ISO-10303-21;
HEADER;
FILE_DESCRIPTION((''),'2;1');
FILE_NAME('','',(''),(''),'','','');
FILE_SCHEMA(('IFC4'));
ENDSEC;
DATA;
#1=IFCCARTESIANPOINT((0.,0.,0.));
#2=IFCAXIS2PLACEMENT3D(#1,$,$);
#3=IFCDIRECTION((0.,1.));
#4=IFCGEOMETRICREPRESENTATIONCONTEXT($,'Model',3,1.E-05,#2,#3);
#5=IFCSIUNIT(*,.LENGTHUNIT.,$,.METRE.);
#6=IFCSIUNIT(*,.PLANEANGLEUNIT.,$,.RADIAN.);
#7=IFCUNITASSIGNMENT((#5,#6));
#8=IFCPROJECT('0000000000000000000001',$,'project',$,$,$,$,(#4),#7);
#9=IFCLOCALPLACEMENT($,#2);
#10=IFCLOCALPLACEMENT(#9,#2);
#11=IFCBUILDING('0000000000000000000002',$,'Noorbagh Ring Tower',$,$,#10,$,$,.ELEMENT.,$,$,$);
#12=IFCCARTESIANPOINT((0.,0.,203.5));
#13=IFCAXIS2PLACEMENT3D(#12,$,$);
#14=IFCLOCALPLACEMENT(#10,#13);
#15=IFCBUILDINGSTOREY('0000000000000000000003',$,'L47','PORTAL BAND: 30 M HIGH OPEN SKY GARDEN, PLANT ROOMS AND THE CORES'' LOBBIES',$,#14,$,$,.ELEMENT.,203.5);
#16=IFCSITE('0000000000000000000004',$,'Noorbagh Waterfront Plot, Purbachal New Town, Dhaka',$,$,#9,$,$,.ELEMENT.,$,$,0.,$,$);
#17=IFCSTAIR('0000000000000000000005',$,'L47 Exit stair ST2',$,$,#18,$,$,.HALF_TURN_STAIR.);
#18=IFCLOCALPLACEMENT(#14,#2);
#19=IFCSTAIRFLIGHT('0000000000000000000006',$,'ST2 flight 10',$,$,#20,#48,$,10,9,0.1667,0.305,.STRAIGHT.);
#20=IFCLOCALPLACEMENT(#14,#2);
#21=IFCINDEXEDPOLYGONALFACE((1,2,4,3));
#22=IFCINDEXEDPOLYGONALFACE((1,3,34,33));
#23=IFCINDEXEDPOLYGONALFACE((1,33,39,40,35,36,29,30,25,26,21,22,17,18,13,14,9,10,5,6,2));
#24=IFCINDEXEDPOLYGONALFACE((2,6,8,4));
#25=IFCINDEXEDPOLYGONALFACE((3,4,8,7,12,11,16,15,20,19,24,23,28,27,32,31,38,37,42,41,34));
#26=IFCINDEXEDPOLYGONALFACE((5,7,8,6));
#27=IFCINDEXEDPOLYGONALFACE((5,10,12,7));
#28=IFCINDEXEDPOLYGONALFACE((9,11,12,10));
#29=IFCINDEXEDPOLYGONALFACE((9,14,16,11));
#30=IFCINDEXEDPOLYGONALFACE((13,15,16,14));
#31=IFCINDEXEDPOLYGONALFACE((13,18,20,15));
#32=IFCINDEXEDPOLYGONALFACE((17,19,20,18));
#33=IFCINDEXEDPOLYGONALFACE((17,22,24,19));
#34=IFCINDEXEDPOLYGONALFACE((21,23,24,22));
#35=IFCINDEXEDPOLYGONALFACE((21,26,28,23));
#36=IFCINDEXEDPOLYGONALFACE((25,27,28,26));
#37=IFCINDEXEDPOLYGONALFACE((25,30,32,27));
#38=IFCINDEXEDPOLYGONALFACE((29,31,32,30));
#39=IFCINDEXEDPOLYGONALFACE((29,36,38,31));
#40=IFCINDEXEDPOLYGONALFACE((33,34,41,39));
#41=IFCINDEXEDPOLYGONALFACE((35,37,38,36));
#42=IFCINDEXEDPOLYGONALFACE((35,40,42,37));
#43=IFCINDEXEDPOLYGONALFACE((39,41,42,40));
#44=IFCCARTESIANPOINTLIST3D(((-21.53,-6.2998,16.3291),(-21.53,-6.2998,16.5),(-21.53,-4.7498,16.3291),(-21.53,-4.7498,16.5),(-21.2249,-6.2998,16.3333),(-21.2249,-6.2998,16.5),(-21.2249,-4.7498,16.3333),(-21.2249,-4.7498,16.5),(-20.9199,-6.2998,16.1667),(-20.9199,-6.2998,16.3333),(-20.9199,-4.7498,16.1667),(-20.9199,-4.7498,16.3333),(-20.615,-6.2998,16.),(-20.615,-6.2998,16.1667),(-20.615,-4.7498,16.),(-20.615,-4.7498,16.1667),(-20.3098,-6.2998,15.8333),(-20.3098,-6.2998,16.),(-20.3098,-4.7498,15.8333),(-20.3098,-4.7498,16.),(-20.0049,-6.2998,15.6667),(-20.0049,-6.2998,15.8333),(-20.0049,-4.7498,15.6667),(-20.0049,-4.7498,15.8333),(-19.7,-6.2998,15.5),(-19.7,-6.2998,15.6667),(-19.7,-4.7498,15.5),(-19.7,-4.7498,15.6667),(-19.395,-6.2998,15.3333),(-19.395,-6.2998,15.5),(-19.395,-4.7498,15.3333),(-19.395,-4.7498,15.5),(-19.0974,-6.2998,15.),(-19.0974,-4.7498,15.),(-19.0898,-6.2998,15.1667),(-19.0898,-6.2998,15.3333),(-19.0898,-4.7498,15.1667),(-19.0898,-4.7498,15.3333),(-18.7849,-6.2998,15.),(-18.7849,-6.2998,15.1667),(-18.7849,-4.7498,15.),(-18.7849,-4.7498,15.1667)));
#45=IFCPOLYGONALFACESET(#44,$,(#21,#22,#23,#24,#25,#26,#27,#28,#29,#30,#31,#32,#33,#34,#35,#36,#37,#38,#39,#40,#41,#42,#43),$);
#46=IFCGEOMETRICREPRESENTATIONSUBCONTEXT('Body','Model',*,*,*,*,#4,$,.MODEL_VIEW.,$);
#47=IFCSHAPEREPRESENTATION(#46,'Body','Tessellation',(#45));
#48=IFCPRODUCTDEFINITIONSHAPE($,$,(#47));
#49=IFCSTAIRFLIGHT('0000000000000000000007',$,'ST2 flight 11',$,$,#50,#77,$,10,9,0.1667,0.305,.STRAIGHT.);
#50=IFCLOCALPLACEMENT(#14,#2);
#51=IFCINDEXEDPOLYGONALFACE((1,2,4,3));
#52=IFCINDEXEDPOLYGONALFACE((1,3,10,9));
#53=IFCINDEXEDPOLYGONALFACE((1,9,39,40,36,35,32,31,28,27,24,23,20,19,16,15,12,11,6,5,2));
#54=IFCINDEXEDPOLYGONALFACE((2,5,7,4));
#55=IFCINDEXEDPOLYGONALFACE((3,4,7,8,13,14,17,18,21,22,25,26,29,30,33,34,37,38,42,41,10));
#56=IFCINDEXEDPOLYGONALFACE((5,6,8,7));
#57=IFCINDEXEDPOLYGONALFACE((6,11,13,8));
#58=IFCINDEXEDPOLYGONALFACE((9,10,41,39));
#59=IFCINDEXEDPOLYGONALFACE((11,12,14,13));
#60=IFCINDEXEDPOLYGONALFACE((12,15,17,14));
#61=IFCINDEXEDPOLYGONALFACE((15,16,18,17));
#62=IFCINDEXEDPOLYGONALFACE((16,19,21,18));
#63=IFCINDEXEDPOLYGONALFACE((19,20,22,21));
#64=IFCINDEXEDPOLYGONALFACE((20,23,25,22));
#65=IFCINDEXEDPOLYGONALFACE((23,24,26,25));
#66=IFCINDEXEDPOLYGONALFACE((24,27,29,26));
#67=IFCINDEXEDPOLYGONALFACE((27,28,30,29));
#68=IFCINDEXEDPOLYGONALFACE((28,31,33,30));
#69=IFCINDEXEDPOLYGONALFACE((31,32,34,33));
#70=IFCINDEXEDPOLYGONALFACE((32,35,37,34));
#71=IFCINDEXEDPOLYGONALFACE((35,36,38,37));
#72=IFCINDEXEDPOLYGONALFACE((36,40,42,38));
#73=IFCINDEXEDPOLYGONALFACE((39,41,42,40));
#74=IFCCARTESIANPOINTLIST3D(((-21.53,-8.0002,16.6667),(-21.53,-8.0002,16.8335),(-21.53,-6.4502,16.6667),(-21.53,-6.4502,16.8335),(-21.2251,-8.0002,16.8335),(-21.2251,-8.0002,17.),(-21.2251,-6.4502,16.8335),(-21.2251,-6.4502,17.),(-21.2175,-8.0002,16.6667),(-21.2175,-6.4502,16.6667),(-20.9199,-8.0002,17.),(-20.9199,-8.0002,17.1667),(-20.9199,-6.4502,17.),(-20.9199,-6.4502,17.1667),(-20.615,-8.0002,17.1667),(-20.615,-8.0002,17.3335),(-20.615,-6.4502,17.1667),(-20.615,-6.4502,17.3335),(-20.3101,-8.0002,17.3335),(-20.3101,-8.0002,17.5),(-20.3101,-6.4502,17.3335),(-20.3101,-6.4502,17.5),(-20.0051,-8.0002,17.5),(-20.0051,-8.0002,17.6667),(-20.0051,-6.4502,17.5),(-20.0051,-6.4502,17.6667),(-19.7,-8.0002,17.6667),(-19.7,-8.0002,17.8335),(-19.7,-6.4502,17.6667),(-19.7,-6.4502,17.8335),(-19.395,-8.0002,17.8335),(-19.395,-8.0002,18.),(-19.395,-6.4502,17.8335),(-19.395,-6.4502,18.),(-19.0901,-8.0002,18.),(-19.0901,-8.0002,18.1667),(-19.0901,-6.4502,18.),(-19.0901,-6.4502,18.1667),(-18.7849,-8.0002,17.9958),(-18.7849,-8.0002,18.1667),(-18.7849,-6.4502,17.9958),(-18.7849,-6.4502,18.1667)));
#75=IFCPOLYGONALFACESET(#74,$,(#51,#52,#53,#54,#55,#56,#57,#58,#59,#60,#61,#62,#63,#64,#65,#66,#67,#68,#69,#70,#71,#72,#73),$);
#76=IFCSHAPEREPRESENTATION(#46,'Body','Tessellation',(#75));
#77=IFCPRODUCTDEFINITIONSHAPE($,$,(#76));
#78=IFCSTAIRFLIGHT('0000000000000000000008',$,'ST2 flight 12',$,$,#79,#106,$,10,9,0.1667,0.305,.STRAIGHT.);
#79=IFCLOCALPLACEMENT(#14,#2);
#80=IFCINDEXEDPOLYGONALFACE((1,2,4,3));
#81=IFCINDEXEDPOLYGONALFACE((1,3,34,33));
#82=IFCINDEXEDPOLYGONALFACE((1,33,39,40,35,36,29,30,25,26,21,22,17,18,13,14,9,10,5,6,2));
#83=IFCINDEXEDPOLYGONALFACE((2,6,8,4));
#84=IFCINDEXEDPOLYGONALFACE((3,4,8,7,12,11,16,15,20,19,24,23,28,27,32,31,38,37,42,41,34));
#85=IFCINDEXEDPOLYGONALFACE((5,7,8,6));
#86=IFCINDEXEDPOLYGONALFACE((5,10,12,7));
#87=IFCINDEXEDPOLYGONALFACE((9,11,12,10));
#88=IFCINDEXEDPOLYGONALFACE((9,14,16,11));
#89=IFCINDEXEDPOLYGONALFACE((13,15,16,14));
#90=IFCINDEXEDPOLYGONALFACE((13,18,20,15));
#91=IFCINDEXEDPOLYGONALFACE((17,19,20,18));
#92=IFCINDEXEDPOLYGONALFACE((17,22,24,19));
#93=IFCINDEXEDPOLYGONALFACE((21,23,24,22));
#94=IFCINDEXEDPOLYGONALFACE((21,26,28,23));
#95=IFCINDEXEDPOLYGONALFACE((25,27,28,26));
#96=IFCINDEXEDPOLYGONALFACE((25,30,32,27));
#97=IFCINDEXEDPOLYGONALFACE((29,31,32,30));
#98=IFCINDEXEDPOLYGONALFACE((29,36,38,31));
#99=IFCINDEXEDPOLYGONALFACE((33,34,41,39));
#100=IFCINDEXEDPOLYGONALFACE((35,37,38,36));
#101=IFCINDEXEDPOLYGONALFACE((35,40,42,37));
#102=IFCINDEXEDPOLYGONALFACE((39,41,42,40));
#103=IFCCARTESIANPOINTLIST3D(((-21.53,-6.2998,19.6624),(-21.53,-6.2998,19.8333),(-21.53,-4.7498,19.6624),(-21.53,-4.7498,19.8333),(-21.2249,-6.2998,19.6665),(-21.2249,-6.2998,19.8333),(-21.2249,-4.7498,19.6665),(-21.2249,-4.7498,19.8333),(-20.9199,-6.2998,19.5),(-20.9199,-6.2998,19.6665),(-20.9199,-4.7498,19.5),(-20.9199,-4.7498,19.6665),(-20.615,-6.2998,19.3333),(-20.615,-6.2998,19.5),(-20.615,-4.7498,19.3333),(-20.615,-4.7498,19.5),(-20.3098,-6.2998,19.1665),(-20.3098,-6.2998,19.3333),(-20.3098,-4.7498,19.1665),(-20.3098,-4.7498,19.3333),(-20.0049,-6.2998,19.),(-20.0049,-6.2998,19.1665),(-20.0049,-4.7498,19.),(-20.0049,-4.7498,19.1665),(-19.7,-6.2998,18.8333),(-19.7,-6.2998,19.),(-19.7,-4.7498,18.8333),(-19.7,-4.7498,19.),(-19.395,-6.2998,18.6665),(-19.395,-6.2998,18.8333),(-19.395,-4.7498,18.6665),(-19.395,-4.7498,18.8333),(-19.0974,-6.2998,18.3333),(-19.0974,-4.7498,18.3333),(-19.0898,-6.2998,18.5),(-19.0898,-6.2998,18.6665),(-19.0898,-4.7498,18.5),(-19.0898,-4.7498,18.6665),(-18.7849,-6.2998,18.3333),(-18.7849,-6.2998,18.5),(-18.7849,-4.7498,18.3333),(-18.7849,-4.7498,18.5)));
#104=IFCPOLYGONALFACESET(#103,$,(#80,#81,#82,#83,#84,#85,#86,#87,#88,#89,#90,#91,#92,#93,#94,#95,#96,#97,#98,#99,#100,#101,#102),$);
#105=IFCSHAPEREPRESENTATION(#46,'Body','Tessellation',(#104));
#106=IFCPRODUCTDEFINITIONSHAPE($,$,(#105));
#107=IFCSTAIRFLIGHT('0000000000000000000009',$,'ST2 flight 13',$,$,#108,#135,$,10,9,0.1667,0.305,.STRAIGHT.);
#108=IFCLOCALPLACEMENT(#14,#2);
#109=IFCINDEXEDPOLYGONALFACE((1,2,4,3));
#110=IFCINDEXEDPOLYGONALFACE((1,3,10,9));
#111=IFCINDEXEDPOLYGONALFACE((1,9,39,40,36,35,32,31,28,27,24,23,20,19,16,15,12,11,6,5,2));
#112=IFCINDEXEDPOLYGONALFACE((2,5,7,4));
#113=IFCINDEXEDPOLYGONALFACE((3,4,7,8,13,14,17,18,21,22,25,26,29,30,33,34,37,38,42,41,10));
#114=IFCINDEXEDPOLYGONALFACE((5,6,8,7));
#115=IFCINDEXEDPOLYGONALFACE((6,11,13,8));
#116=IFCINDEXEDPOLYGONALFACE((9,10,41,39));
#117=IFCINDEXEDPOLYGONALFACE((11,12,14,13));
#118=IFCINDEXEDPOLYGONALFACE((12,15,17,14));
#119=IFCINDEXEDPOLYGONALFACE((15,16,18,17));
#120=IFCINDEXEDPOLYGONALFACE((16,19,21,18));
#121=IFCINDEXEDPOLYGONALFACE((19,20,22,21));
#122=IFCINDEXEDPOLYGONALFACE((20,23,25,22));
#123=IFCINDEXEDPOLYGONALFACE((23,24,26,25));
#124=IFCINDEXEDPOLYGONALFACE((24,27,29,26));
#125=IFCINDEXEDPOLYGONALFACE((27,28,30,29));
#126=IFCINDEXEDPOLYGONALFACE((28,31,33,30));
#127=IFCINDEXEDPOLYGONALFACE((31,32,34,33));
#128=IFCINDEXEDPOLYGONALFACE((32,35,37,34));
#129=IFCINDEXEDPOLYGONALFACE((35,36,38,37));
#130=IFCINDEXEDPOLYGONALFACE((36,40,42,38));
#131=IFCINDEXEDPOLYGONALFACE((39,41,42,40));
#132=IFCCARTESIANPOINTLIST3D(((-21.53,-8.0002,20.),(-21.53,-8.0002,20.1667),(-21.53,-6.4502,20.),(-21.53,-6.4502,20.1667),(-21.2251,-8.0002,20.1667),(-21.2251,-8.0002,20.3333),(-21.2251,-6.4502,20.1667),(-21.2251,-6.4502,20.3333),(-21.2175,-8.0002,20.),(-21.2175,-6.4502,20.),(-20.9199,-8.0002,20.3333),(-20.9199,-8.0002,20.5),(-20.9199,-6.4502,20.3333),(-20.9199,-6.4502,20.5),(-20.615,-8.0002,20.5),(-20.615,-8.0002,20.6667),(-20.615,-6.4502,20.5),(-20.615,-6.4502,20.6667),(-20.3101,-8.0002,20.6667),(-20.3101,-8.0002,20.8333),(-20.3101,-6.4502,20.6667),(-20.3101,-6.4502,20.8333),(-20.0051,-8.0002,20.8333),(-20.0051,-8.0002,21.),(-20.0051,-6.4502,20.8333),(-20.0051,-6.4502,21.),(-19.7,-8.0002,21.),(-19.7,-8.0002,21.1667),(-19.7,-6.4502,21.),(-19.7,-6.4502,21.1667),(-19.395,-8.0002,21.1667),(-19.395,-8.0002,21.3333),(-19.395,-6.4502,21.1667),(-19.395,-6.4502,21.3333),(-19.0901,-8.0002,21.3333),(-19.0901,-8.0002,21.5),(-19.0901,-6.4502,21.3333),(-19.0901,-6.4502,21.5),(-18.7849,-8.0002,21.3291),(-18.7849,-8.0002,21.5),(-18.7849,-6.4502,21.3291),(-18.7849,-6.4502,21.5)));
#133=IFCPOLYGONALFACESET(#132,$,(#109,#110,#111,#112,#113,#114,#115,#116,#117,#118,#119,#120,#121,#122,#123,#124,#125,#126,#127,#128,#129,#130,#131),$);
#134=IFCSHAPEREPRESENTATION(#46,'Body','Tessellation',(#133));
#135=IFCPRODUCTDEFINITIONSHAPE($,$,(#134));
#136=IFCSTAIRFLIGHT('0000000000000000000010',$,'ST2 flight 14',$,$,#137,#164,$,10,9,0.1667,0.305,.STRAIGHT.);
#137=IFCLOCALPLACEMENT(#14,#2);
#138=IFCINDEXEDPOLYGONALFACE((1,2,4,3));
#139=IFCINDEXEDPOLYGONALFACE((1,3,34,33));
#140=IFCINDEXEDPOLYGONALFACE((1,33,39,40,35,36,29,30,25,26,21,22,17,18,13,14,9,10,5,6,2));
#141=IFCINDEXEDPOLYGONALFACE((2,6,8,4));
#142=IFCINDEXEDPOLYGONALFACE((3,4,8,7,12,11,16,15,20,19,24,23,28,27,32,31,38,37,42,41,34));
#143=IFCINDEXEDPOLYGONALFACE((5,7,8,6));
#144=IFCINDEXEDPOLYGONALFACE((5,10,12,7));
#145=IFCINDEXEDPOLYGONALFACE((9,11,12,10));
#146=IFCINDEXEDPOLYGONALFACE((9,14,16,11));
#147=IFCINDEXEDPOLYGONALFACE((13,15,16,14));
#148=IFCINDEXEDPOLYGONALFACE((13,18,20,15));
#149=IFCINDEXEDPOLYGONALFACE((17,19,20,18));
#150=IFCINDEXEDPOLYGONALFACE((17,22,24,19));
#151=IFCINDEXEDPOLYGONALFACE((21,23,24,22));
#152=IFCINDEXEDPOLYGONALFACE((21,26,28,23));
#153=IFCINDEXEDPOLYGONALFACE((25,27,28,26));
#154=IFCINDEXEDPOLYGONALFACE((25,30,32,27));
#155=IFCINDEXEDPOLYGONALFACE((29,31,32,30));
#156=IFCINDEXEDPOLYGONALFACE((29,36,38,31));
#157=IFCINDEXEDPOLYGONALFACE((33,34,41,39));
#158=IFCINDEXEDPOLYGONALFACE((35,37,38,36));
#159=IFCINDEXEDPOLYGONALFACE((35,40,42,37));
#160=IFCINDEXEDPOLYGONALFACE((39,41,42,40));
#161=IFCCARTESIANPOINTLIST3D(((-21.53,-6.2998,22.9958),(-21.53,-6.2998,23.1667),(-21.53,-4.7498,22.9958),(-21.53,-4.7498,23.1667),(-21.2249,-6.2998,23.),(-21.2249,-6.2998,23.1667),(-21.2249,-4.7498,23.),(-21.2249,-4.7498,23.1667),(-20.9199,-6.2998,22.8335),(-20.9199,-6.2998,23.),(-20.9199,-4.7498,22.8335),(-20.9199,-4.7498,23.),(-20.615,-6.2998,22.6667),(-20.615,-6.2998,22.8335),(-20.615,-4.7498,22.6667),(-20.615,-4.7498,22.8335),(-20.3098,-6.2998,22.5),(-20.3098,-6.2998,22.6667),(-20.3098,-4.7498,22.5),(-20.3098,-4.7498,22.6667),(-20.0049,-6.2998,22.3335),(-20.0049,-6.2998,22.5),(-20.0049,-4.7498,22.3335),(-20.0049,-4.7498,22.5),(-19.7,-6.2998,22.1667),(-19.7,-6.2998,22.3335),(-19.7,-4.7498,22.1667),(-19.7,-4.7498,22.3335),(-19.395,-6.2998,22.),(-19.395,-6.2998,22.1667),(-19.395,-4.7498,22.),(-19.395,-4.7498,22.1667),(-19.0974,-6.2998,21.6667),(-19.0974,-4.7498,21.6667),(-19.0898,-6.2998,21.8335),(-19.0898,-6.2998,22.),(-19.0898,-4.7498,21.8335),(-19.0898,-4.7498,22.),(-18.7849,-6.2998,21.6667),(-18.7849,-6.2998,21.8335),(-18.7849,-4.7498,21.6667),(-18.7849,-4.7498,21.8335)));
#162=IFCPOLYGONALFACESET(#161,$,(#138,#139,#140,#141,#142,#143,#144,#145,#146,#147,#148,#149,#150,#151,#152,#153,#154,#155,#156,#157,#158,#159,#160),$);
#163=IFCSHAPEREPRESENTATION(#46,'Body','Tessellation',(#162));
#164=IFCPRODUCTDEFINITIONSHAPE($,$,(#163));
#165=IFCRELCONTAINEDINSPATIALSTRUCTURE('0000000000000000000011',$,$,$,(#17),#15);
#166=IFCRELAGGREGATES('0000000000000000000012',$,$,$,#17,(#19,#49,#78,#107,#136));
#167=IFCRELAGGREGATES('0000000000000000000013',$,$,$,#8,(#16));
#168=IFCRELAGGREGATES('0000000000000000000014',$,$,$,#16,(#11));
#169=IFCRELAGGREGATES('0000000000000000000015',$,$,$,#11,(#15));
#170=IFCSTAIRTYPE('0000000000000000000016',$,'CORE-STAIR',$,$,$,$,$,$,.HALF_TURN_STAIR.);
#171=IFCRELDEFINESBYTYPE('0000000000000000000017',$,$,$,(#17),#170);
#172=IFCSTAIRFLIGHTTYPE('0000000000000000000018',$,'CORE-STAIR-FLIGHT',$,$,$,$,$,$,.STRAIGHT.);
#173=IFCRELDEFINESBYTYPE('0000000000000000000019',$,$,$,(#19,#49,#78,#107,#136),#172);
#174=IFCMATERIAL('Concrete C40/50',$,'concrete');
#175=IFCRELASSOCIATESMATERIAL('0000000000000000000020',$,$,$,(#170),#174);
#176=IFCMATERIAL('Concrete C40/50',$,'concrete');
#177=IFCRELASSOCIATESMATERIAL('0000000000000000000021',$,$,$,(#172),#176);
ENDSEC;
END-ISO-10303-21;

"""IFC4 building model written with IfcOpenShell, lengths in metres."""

from ifc_helpers import new_model, si_unit, direction, frame, origin, place, context, subcontext, project, spatial, polyline, outline, extrude, material, type_object, element, aggregate, save


model = new_model("IFC4")

# Units and contexts
model_context = context("Model", 3, precision=1e-05, world=origin(), true_north=direction((0.0, 1.0)))
body_context = subcontext(model_context, "Body", "Model", "MODEL_VIEW")
ifc_project = project(units=[si_unit("LENGTHUNIT", "METRE"), si_unit("PLANEANGLEUNIT", "RADIAN")], contexts=[model_context])

# Site, building, storey
site_placement = place(None, origin())
site = spatial("IfcSite", under=ifc_project, at=site_placement, Name="Noorbagh Waterfront Plot, Purbachal New Town, Dhaka", CompositionType="ELEMENT", RefElevation=0.0)
building_placement = place(site_placement, origin())
building = spatial("IfcBuilding", under=site, at=building_placement, Name="Noorbagh Ring Tower", CompositionType="ELEMENT")
storey_placement = place(building_placement, frame((0.0, 0.0, 203.5)))
storey = spatial("IfcBuildingStorey", under=building, at=storey_placement, Name="L47", Description="PORTAL BAND: 30 M HIGH OPEN SKY GARDEN, PLANT ROOMS AND THE CORES' LOBBIES", CompositionType="ELEMENT", Elevation=203.5)

# Stair, stair flights
ifc_material_1 = material(Name="Concrete C40/50", Category="concrete")
stair_type = type_object("IfcStairType", Name="CORE-STAIR", PredefinedType="HALF_TURN_STAIR", material=ifc_material_1)
stair_placement = place(storey_placement, origin())
stair = element("IfcStair", 1, at=stair_placement, inside=storey, type_object=stair_type, Name="L47 Exit stair ST2", PredefinedType="HALF_TURN_STAIR")
ifc_material_2 = material(Name="Concrete C40/50", Category="concrete")
stair_flight_type = type_object("IfcStairFlightType", Name="CORE-STAIR-FLIGHT", PredefinedType="STRAIGHT", material=ifc_material_2)
stair_flight_1_placement = place(storey_placement, frame((-18.7849, -5.5249, 15.0), z_axis=(0.0, 0.0, 1.0), x_axis=(-1.0, 0.0, 0.0)))
stair_flight_1 = element("IfcStairFlight", 2, at=stair_flight_1_placement, type_object=stair_flight_type, Name="ST2 flight 10", NumberOfRisers=10, NumberOfTreads=9, PredefinedType="STRAIGHT", RiserHeight=0.1667, TreadLength=0.305, context=body_context, shape_type="SweptSolid", body=[
    extrude(outline(polyline([(0.0, 0.0), (0.0, 0.1667), (0.3049, 0.1667), (0.3049, 0.3333), (0.6101, 0.3333), (0.6101, 0.5), (0.915, 0.5), (0.915, 0.6667), (1.22, 0.6667), (1.22, 0.8333), (1.5249, 0.8333), (1.5249, 1.0), (1.8301, 1.0), (1.8301, 1.1667), (2.135, 1.1667), (2.135, 1.3333), (2.4399, 1.3333), (2.4399, 1.5), (2.7451, 1.5), (2.7451, 1.6667), (2.7451, 1.3291), (0.3125, 0.0), (0.0, 0.0)])), frame((0.0, 0.7749, 0.0), z_axis=(0.0, -1.0, 0.0), x_axis=(1.0, 0.0, 0.0)), (0.0, 0.0, 1.0), 1.55),
])
stair_flight_2_placement = place(storey_placement, frame((-21.53, -7.2251, 16.6667), z_axis=(0.0, 0.0, 1.0), x_axis=(1.0, 0.0, 0.0)))
stair_flight_2 = element("IfcStairFlight", 3, at=stair_flight_2_placement, type_object=stair_flight_type, Name="ST2 flight 11", NumberOfRisers=10, NumberOfTreads=9, PredefinedType="STRAIGHT", RiserHeight=0.1667, TreadLength=0.305, context=body_context, shape_type="SweptSolid", body=[
    extrude(outline(polyline([(0.0, 0.0), (0.0, 0.1667), (0.3049, 0.1667), (0.3049, 0.3333), (0.6101, 0.3333), (0.6101, 0.5), (0.915, 0.5), (0.915, 0.6667), (1.22, 0.6667), (1.22, 0.8333), (1.5249, 0.8333), (1.5249, 1.0), (1.8301, 1.0), (1.8301, 1.1667), (2.135, 1.1667), (2.135, 1.3333), (2.4399, 1.3333), (2.4399, 1.5), (2.7451, 1.5), (2.7451, 1.6667), (2.7451, 1.3291), (0.3125, 0.0), (0.0, 0.0)])), frame((0.0, 0.7749, 0.0), z_axis=(0.0, -1.0, 0.0), x_axis=(1.0, 0.0, 0.0)), (0.0, 0.0, 1.0), 1.55),
])
stair_flight_3_placement = place(storey_placement, frame((-18.7849, -5.5249, 18.3333), z_axis=(0.0, 0.0, 1.0), x_axis=(-1.0, 0.0, 0.0)))
stair_flight_3 = element("IfcStairFlight", 4, at=stair_flight_3_placement, type_object=stair_flight_type, Name="ST2 flight 12", NumberOfRisers=10, NumberOfTreads=9, PredefinedType="STRAIGHT", RiserHeight=0.1667, TreadLength=0.305, context=body_context, shape_type="SweptSolid", body=[
    extrude(outline(polyline([(0.0, 0.0), (0.0, 0.1667), (0.3049, 0.1667), (0.3049, 0.3333), (0.6101, 0.3333), (0.6101, 0.5), (0.915, 0.5), (0.915, 0.6667), (1.22, 0.6667), (1.22, 0.8333), (1.5249, 0.8333), (1.5249, 1.0), (1.8301, 1.0), (1.8301, 1.1667), (2.135, 1.1667), (2.135, 1.3333), (2.4399, 1.3333), (2.4399, 1.5), (2.7451, 1.5), (2.7451, 1.6667), (2.7451, 1.3291), (0.3125, 0.0), (0.0, 0.0)])), frame((0.0, 0.7749, 0.0), z_axis=(0.0, -1.0, 0.0), x_axis=(1.0, 0.0, 0.0)), (0.0, 0.0, 1.0), 1.55),
])
stair_flight_4_placement = place(storey_placement, frame((-21.53, -7.2251, 20.0), z_axis=(0.0, 0.0, 1.0), x_axis=(1.0, 0.0, 0.0)))
stair_flight_4 = element("IfcStairFlight", 5, at=stair_flight_4_placement, type_object=stair_flight_type, Name="ST2 flight 13", NumberOfRisers=10, NumberOfTreads=9, PredefinedType="STRAIGHT", RiserHeight=0.1667, TreadLength=0.305, context=body_context, shape_type="SweptSolid", body=[
    extrude(outline(polyline([(0.0, 0.0), (0.0, 0.1667), (0.3049, 0.1667), (0.3049, 0.3333), (0.6101, 0.3333), (0.6101, 0.5), (0.915, 0.5), (0.915, 0.6667), (1.22, 0.6667), (1.22, 0.8333), (1.5249, 0.8333), (1.5249, 1.0), (1.8301, 1.0), (1.8301, 1.1667), (2.135, 1.1667), (2.135, 1.3333), (2.4399, 1.3333), (2.4399, 1.5), (2.7451, 1.5), (2.7451, 1.6667), (2.7451, 1.3291), (0.3125, 0.0), (0.0, 0.0)])), frame((0.0, 0.7749, 0.0), z_axis=(0.0, -1.0, 0.0), x_axis=(1.0, 0.0, 0.0)), (0.0, 0.0, 1.0), 1.55),
])
stair_flight_5_placement = place(storey_placement, frame((-18.7849, -5.5249, 21.6667), z_axis=(0.0, 0.0, 1.0), x_axis=(-1.0, 0.0, 0.0)))
stair_flight_5 = element("IfcStairFlight", 6, at=stair_flight_5_placement, type_object=stair_flight_type, Name="ST2 flight 14", NumberOfRisers=10, NumberOfTreads=9, PredefinedType="STRAIGHT", RiserHeight=0.1667, TreadLength=0.305, context=body_context, shape_type="SweptSolid", body=[
    extrude(outline(polyline([(0.0, 0.0), (0.0, 0.1667), (0.3049, 0.1667), (0.3049, 0.3333), (0.6101, 0.3333), (0.6101, 0.5), (0.915, 0.5), (0.915, 0.6667), (1.22, 0.6667), (1.22, 0.8333), (1.5249, 0.8333), (1.5249, 1.0), (1.8301, 1.0), (1.8301, 1.1667), (2.135, 1.1667), (2.135, 1.3333), (2.4399, 1.3333), (2.4399, 1.5), (2.7451, 1.5), (2.7451, 1.6667), (2.7451, 1.3291), (0.3125, 0.0), (0.0, 0.0)])), frame((0.0, 0.7749, 0.0), z_axis=(0.0, -1.0, 0.0), x_axis=(1.0, 0.0, 0.0)), (0.0, 0.0, 1.0), 1.55),
])
aggregate(stair, [stair_flight_1, stair_flight_2, stair_flight_3, stair_flight_4, stair_flight_5])

save(model, "model.ifc")
